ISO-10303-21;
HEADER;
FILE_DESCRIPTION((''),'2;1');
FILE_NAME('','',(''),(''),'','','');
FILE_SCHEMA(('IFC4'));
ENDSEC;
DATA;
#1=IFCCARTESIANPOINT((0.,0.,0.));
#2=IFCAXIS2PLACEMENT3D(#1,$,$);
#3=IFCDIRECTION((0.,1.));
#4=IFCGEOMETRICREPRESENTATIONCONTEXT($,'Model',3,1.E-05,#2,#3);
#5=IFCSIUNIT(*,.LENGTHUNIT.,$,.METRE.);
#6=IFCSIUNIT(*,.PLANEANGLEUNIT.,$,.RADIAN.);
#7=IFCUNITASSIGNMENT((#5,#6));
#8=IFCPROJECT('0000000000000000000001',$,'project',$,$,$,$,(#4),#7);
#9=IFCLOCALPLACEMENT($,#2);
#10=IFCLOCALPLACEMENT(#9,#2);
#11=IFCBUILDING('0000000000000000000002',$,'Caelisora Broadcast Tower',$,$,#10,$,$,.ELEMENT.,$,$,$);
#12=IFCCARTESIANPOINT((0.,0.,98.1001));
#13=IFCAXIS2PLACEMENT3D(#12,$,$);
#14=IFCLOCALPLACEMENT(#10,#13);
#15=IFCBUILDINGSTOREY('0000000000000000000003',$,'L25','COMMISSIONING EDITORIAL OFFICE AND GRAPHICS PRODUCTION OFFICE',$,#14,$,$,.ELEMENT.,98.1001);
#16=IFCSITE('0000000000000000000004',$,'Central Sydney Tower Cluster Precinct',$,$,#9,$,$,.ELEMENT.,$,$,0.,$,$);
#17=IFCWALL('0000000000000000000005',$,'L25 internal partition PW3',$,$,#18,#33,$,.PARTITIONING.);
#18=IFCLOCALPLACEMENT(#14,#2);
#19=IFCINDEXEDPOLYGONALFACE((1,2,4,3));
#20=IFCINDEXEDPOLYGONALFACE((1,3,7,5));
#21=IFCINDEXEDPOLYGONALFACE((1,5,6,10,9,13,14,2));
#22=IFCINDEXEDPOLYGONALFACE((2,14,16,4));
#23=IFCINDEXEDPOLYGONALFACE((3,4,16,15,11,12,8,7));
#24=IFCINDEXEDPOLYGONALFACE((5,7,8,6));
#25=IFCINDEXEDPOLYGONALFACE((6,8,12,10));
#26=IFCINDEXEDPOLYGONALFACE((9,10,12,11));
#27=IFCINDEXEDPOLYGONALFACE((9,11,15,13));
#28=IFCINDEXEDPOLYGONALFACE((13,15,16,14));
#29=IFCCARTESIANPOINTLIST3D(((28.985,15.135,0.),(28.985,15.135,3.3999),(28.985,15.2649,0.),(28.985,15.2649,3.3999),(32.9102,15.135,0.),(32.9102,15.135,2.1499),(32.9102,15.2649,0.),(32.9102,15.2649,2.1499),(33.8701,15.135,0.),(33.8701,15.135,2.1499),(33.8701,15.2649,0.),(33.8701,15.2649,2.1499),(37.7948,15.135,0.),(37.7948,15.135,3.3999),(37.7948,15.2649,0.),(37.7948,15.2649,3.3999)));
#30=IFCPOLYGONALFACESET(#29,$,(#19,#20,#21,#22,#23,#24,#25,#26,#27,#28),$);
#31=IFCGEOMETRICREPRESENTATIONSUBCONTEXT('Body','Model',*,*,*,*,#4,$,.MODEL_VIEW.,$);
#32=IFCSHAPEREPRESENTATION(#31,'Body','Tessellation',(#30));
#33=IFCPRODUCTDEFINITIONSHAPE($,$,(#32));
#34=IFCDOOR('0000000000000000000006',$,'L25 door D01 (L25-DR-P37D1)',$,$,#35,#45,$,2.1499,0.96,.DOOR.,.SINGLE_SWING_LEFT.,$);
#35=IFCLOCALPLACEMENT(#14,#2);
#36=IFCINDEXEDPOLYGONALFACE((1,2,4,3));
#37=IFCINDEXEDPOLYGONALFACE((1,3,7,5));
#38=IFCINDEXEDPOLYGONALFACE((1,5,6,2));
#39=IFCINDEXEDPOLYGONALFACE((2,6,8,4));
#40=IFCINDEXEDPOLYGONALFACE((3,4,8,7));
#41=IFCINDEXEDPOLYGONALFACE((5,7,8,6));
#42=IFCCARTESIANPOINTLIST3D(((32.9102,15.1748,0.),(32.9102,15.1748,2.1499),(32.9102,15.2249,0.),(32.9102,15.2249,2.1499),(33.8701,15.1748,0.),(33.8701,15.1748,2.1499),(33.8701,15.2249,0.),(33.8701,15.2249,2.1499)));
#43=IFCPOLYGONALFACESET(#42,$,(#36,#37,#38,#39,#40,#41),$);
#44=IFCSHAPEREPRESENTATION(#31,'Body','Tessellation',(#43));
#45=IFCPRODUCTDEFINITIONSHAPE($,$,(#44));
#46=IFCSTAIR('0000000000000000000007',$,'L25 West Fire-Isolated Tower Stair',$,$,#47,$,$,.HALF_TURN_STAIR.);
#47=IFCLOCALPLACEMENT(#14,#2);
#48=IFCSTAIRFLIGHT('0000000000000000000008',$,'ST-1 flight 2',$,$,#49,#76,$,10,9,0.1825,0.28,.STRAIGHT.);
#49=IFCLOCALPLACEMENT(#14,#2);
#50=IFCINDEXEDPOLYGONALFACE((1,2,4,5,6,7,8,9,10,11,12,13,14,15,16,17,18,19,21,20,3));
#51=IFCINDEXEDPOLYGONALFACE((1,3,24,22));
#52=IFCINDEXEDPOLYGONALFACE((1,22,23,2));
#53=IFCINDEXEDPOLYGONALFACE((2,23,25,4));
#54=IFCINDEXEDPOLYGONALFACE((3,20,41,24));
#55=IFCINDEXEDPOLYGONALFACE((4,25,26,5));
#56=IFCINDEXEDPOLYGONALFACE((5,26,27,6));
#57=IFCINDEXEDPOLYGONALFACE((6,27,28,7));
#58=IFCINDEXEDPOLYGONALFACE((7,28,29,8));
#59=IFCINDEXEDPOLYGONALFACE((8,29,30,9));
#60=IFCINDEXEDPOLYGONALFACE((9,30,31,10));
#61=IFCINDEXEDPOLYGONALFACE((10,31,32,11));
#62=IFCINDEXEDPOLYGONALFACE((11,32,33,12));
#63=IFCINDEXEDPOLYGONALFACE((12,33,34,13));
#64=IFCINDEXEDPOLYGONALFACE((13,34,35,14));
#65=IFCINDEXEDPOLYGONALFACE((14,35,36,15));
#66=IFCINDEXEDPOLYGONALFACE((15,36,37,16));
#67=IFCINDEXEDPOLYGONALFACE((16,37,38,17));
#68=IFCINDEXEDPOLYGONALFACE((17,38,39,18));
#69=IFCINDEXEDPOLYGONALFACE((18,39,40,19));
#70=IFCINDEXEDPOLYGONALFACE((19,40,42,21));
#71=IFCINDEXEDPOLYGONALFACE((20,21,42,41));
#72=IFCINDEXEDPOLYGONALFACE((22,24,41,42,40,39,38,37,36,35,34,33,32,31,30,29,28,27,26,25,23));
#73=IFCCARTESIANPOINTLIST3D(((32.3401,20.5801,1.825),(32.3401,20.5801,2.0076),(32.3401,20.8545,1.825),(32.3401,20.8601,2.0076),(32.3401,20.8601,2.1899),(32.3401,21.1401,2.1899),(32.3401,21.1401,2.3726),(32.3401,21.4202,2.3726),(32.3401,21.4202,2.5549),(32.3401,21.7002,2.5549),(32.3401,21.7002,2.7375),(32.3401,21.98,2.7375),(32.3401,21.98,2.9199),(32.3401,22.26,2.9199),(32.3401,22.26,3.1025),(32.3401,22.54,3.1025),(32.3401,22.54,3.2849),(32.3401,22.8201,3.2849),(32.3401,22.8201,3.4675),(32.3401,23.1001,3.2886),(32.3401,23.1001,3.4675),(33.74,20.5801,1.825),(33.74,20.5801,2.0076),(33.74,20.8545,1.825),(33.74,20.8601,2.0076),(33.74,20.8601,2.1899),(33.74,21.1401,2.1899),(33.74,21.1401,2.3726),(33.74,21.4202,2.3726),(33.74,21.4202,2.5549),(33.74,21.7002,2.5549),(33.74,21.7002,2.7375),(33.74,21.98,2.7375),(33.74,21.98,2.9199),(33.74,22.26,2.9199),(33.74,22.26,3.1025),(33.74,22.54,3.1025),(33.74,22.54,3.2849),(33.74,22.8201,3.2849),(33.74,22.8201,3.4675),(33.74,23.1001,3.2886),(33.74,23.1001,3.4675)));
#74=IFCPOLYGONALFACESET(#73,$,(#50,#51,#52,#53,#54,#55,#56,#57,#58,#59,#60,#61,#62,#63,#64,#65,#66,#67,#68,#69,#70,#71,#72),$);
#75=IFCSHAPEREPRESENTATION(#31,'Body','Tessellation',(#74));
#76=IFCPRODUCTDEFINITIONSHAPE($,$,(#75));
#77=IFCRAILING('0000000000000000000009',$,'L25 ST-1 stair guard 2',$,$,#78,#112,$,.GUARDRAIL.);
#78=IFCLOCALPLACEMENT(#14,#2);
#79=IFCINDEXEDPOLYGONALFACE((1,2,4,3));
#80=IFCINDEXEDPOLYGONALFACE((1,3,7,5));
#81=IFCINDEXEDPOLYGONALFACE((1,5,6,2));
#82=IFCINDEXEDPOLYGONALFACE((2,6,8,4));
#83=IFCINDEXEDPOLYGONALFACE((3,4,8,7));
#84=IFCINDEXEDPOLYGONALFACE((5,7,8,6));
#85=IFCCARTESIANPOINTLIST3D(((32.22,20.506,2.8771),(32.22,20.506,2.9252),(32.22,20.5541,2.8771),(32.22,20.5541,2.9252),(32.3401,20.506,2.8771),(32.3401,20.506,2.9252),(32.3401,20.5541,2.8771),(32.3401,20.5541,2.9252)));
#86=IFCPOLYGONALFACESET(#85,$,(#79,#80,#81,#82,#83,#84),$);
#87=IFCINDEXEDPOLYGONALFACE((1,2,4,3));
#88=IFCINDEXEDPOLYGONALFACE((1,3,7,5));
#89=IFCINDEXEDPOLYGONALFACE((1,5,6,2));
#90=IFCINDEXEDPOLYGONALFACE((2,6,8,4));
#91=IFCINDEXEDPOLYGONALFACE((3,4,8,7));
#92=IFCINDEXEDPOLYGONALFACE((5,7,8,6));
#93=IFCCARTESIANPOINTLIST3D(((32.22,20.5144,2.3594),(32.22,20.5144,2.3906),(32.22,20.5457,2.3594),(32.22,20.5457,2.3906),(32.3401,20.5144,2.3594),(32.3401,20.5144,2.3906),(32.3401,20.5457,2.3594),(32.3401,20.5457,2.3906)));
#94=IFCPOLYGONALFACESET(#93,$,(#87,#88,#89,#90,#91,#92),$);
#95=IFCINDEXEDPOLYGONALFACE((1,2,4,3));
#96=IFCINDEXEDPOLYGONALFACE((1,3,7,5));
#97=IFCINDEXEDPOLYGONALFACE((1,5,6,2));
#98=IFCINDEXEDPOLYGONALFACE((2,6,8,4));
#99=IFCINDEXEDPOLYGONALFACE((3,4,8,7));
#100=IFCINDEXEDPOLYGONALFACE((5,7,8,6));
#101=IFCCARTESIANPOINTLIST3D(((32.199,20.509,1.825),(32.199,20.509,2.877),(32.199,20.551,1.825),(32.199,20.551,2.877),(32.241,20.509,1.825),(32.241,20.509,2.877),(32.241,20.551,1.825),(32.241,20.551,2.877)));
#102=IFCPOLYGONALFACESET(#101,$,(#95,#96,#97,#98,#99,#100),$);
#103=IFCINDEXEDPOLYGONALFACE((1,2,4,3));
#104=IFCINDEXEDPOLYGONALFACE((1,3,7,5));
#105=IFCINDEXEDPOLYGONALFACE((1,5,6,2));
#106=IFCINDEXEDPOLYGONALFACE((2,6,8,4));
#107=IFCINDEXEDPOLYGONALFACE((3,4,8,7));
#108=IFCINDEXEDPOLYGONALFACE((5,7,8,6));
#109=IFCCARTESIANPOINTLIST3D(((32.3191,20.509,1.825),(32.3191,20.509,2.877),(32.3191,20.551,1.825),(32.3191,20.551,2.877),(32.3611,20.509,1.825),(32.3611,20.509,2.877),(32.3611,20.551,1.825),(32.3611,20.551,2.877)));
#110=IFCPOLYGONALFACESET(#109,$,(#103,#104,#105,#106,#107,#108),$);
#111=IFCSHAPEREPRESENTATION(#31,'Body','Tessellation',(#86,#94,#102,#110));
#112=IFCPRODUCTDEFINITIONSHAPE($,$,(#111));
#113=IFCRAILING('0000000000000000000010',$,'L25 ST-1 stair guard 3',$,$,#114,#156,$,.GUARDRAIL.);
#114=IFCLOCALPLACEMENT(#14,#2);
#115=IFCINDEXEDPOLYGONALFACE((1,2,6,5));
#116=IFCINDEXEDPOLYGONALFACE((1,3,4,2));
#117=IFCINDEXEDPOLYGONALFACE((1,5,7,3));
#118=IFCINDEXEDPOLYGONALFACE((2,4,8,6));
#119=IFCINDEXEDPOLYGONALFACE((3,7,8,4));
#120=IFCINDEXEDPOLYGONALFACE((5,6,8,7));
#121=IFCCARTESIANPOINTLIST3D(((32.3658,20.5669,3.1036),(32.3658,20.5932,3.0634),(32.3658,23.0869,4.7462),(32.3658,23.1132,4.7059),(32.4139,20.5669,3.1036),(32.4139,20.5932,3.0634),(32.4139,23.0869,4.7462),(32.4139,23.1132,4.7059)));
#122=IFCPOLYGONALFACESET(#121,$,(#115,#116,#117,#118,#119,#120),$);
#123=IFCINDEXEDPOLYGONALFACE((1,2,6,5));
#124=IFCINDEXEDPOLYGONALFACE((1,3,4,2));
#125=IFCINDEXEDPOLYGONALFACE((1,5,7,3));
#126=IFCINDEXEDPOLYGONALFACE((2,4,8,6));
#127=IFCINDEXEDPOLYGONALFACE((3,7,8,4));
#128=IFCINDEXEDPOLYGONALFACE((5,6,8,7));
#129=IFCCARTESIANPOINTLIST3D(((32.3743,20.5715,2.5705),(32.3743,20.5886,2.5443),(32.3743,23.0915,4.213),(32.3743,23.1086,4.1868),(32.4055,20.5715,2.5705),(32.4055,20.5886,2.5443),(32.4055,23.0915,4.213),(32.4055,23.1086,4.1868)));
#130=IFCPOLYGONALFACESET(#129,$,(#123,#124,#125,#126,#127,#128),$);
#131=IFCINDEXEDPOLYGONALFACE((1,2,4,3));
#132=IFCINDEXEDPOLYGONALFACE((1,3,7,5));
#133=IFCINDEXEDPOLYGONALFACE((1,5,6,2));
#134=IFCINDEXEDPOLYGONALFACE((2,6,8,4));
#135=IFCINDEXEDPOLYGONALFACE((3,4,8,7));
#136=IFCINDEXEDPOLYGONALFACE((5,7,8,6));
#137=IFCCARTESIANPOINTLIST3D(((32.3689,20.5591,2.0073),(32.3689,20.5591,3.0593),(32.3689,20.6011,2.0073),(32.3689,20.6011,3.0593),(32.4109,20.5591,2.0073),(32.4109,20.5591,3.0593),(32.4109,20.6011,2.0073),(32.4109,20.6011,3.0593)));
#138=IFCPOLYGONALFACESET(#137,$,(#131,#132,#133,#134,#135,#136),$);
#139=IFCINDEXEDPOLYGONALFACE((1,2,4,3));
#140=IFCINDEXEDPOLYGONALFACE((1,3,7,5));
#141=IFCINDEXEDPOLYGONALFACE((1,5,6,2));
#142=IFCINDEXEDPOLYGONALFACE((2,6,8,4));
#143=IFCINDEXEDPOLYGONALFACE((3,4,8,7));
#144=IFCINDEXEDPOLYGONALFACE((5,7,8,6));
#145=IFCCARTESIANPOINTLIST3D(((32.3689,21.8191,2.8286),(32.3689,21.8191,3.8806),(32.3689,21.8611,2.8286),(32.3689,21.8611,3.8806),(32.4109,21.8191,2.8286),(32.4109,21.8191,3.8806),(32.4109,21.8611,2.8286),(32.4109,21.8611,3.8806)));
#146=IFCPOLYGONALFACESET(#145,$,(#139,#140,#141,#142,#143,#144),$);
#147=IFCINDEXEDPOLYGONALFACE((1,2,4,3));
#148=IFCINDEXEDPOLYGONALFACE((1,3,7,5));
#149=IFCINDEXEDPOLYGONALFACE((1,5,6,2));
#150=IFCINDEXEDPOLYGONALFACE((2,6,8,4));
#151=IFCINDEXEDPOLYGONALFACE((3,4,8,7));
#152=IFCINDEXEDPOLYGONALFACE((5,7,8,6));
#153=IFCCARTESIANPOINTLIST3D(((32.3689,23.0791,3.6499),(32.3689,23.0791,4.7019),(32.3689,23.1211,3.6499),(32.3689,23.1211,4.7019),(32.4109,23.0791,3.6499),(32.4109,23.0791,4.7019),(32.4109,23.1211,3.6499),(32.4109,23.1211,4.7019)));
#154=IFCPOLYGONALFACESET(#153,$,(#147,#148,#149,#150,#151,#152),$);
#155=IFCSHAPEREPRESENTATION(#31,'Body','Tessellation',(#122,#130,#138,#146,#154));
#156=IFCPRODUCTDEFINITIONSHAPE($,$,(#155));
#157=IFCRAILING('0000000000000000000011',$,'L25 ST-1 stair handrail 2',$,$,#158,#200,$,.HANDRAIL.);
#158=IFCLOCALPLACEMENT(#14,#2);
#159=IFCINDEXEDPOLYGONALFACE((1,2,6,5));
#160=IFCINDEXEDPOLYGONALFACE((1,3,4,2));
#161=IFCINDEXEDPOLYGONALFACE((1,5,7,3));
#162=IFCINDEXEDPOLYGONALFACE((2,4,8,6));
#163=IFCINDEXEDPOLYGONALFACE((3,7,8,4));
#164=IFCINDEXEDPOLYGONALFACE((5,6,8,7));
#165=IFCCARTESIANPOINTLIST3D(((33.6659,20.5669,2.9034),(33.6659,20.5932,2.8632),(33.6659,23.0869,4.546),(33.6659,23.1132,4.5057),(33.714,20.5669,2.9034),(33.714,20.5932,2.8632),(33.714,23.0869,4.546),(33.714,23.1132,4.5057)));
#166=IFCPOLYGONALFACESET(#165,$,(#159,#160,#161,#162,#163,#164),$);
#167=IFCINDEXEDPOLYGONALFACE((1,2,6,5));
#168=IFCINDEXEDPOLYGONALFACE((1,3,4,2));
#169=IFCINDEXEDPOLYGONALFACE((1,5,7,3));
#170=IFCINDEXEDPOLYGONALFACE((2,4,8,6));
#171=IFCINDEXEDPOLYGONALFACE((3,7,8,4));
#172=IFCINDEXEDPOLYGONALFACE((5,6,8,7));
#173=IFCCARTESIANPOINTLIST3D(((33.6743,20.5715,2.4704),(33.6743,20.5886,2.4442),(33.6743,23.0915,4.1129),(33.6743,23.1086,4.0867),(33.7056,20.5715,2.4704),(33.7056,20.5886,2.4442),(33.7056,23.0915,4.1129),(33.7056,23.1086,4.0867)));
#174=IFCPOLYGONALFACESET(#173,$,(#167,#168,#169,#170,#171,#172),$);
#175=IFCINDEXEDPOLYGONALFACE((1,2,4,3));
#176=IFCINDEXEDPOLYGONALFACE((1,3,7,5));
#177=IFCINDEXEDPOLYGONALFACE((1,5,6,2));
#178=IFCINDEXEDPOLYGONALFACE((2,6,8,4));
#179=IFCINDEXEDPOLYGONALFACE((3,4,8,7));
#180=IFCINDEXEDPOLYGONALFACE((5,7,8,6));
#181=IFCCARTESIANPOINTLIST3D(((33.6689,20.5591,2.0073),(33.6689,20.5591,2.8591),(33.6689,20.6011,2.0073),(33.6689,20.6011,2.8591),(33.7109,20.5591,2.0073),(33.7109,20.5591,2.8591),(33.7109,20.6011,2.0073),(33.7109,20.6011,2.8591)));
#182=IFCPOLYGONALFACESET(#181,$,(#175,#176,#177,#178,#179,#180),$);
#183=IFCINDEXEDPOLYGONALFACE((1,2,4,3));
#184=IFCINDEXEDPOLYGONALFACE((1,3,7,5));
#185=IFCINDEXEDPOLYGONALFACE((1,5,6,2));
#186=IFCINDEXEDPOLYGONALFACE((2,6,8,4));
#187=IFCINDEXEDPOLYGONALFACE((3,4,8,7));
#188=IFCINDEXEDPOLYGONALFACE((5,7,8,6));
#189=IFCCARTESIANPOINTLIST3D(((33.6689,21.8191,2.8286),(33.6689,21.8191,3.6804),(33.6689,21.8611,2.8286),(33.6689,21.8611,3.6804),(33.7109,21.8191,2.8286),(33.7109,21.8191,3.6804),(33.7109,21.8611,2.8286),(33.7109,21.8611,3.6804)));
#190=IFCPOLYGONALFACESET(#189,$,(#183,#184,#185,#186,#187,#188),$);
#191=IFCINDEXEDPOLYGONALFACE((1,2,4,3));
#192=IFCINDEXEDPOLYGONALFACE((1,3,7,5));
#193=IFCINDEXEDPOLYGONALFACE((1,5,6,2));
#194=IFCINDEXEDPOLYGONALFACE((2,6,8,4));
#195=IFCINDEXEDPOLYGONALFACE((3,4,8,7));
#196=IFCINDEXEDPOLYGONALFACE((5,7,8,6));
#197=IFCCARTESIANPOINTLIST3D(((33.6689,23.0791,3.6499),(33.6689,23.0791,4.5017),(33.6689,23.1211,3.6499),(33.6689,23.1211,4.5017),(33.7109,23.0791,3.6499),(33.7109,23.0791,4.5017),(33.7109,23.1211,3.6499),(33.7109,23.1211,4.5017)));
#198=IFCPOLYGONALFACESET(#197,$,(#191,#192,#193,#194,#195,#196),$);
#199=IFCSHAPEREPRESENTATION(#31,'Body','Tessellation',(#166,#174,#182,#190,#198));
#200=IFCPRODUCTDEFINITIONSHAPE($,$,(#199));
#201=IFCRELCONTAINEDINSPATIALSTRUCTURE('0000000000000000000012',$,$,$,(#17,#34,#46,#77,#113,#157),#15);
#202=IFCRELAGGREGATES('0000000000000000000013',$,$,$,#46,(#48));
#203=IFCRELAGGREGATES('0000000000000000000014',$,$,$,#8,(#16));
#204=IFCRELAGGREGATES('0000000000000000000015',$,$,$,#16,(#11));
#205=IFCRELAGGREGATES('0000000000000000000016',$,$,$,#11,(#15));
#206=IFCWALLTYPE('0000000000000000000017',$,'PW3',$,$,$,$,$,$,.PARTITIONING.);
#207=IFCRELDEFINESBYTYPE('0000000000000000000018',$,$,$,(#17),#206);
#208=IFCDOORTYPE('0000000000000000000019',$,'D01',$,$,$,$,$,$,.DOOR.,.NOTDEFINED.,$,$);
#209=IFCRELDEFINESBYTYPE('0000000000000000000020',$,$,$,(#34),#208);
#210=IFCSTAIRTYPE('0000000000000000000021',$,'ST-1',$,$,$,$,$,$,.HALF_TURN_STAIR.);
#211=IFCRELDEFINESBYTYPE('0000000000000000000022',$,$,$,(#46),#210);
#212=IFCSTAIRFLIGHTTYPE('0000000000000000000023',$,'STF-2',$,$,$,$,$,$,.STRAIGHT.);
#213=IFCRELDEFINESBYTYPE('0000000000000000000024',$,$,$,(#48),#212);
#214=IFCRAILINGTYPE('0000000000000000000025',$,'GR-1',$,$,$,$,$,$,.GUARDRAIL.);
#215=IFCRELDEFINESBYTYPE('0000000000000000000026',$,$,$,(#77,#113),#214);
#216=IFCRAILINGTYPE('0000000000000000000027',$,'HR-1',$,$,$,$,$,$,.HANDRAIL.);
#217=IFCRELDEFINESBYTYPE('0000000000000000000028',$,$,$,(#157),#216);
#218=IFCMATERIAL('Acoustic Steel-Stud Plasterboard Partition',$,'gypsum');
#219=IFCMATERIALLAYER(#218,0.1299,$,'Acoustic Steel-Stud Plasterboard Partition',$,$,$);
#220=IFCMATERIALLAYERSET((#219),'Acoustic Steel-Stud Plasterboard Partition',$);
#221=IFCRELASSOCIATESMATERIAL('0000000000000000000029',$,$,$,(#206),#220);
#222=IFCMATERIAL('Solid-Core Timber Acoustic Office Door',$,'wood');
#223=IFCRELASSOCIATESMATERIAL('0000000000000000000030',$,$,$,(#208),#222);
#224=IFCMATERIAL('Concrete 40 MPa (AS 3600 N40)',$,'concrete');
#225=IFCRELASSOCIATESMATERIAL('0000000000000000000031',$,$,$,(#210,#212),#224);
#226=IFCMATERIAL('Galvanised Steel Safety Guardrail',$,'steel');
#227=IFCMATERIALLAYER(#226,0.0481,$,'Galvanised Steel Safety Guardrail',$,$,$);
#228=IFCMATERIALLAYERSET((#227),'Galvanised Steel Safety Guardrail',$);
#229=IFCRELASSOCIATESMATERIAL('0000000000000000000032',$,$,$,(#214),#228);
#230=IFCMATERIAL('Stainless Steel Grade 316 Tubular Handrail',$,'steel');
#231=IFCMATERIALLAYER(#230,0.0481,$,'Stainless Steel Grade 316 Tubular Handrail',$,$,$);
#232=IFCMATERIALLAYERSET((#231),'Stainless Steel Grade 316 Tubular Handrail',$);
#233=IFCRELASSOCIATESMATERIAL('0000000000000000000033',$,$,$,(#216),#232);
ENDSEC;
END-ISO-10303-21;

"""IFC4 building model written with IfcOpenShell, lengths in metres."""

from ifc_helpers import new_model, si_unit, direction, frame, frame_2d, origin, origin_2d, place, context, subcontext, project, spatial, polyline, rectangle, outline, extrude, material, layer, layer_set, type_object, element, fill, aggregate, save


model = new_model("IFC4")

# Units and contexts
model_context = context("Model", 3, precision=1e-05, world=origin(), true_north=direction((0.0, 1.0)))
body_context = subcontext(model_context, "Body", "Model", "MODEL_VIEW")
ifc_project = project(units=[si_unit("LENGTHUNIT", "METRE"), si_unit("PLANEANGLEUNIT", "RADIAN")], contexts=[model_context])

# Site, building, storey
site_placement = place(None, origin())
site = spatial("IfcSite", under=ifc_project, at=site_placement, Name="Central Sydney Tower Cluster Precinct", CompositionType="ELEMENT", RefElevation=0.0)
building_placement = place(site_placement, origin())
building = spatial("IfcBuilding", under=site, at=building_placement, Name="Caelisora Broadcast Tower", CompositionType="ELEMENT")
storey_placement = place(building_placement, frame((0.0, 0.0, 98.1001)))
storey = spatial("IfcBuildingStorey", under=building, at=storey_placement, Name="L25", Description="COMMISSIONING EDITORIAL OFFICE AND GRAPHICS PRODUCTION OFFICE", CompositionType="ELEMENT", Elevation=98.1001)

# Wall, opening, door
ifc_material_1 = material(Name="Acoustic Steel-Stud Plasterboard Partition", Category="gypsum")
ifc_layer_1 = layer(ifc_material_1, 0.1299, Name="Acoustic Steel-Stud Plasterboard Partition")
ifc_layer_set_1 = layer_set([ifc_layer_1], Name="Acoustic Steel-Stud Plasterboard Partition")
wall_type_1 = type_object("IfcWallType", Name="PW3", PredefinedType="PARTITIONING", material=ifc_layer_set_1)
wall_1_placement = place(storey_placement, frame((28.9851, 15.2, 0.0), z_axis=(0.0, 0.0, 1.0), x_axis=(1.0, 0.0, 0.0)))
wall_1 = element("IfcWall", 1, at=wall_1_placement, inside=storey, type_object=wall_type_1, Name="L25 internal partition PW3", PredefinedType="PARTITIONING", context=body_context, shape_type="SweptSolid", body=[
    extrude(rectangle(XDim=8.8098, YDim=0.1299, at=frame_2d((4.4048, 0.0))), origin(), (0.0, 0.0, 1.0), 3.3999),
])
opening_1_placement = place(wall_1_placement, frame((3.925, 0.0, 0.0)))
opening_1 = element("IfcOpeningElement", 2, at=opening_1_placement, cuts=wall_1, PredefinedType="OPENING", context=body_context, shape_type="SweptSolid", body=[
    extrude(rectangle(XDim=0.96, YDim=2.1499, at=frame_2d((0.48, 1.075))), frame((0.0, 0.0769, 0.0), z_axis=(0.0, -1.0, 0.0), x_axis=(1.0, 0.0, 0.0)), (0.0, 0.0, 1.0), 0.1538),
])
ifc_material_2 = material(Name="Solid-Core Timber Acoustic Office Door", Category="wood")
door_type_1 = type_object("IfcDoorType", Name="D01", OperationType="NOTDEFINED", PredefinedType="DOOR", material=ifc_material_2)
door_1_placement = place(opening_1_placement, origin())
door_1 = element("IfcDoor", 3, at=door_1_placement, inside=storey, type_object=door_type_1, Name="L25 door D01 (L25-DR-P37D1)", OperationType="SINGLE_SWING_LEFT", OverallHeight=2.1499, OverallWidth=0.96, PredefinedType="DOOR", context=body_context, shape_type="SweptSolid", body=[
    extrude(rectangle(XDim=0.96, YDim=2.1499, at=frame_2d((0.48, 1.075))), frame((0.0, 0.0249, 0.0), z_axis=(0.0, -1.0, 0.0), x_axis=(1.0, 0.0, 0.0)), (0.0, 0.0, 1.0), 0.05),
])
fill(opening_1, door_1)

# Stair, stair flight
ifc_material_3 = material(Name="Concrete 40 MPa (AS 3600 N40)", Category="concrete")
stair_type = type_object("IfcStairType", Name="ST-1", PredefinedType="HALF_TURN_STAIR", material=ifc_material_3)
stair_placement = place(storey_placement, origin())
stair = element("IfcStair", 4, at=stair_placement, inside=storey, type_object=stair_type, Name="L25 West Fire-Isolated Tower Stair", PredefinedType="HALF_TURN_STAIR")
stair_flight_type = type_object("IfcStairFlightType", Name="STF-2", PredefinedType="STRAIGHT", material=ifc_material_3)
stair_flight_placement = place(storey_placement, frame((33.04, 20.5801, 1.825), z_axis=(0.0, 0.0, 1.0), x_axis=(0.0, 1.0, 0.0)))
stair_flight = element("IfcStairFlight", 5, at=stair_flight_placement, type_object=stair_flight_type, Name="ST-1 flight 2", NumberOfRisers=10, NumberOfTreads=9, PredefinedType="STRAIGHT", RiserHeight=0.1825, TreadLength=0.28, context=body_context, shape_type="SweptSolid", body=[
    extrude(outline(polyline([(0.0, 0.0), (0.0, 0.1826), (0.28, 0.1826), (0.28, 0.365), (0.5601, 0.365), (0.5601, 0.5476), (0.8401, 0.5476), (0.8401, 0.73), (1.1201, 0.73), (1.1201, 0.9126), (1.3999, 0.9126), (1.3999, 1.095), (1.6799, 1.095), (1.6799, 1.2776), (1.96, 1.2776), (1.96, 1.46), (2.24, 1.46), (2.24, 1.6426), (2.52, 1.6426), (2.52, 1.825), (2.52, 1.4636), (0.2744, 0.0), (0.0, 0.0)])), frame((0.0, 0.7, 0.0), z_axis=(0.0, -1.0, 0.0), x_axis=(1.0, 0.0, 0.0)), (0.0, 0.0, 1.0), 1.3999),
])
aggregate(stair, [stair_flight])

# Railings
ifc_material_4 = material(Name="Galvanised Steel Safety Guardrail", Category="steel")
ifc_layer_2 = layer(ifc_material_4, 0.0481, Name="Galvanised Steel Safety Guardrail")
ifc_layer_set_2 = layer_set([ifc_layer_2], Name="Galvanised Steel Safety Guardrail")
railing_type_1 = type_object("IfcRailingType", Name="GR-1", PredefinedType="GUARDRAIL", material=ifc_layer_set_2)
railing_1_placement = place(storey_placement, frame((32.22, 20.53, 1.825)))
element("IfcRailing", 6, at=railing_1_placement, inside=storey, type_object=railing_type_1, Name="L25 ST-1 stair guard 2", PredefinedType="GUARDRAIL", context=body_context, shape_type="SweptSolid", body=[
    extrude(rectangle(XDim=0.0481, YDim=0.0481, at=origin_2d()), frame((0.0, 0.0, 1.0762), z_axis=(1.0, 0.0, 0.0), x_axis=(0.0, 1.0, 0.0)), (0.0, 0.0, 1.0), 0.1201),
    extrude(rectangle(XDim=0.0312, YDim=0.0312, at=origin_2d()), frame((0.0, 0.0, 0.55), z_axis=(1.0, 0.0, 0.0), x_axis=(0.0, 1.0, 0.0)), (0.0, 0.0, 1.0), 0.1201),
    extrude(rectangle(XDim=0.042, YDim=0.042, at=origin_2d()), origin(), (0.0, 0.0, 1.0), 1.052),
    extrude(rectangle(XDim=0.042, YDim=0.042, at=origin_2d()), frame((0.1201, 0.0, 0.0)), (0.0, 0.0, 1.0), 1.052),
])
railing_2_placement = place(storey_placement, frame((32.3899, 20.5801, 2.0073)))
element("IfcRailing", 7, at=railing_2_placement, inside=storey, type_object=railing_type_1, Name="L25 ST-1 stair guard 3", PredefinedType="GUARDRAIL", context=body_context, shape_type="SweptSolid", body=[
    extrude(rectangle(XDim=0.0481, YDim=0.0481, at=origin_2d()), frame((0.0, 0.0, 1.0762), z_axis=(0.0, 0.837749, 0.546055), x_axis=(-1.0, 0.0, 0.0)), (0.0, 0.0, 1.0), 3.0081),
    extrude(rectangle(XDim=0.0312, YDim=0.0312, at=origin_2d()), frame((0.0, 0.0, 0.55), z_axis=(0.0, 0.837749, 0.546055), x_axis=(-1.0, 0.0, 0.0)), (0.0, 0.0, 1.0), 3.0081),
    extrude(rectangle(XDim=0.042, YDim=0.042, at=origin_2d()), origin(), (0.0, 0.0, 1.0), 1.052),
    extrude(rectangle(XDim=0.042, YDim=0.042, at=origin_2d()), frame((0.0, 1.26, 0.8213)), (0.0, 0.0, 1.0), 1.052),
    extrude(rectangle(XDim=0.042, YDim=0.042, at=origin_2d()), frame((0.0, 2.52, 1.6426)), (0.0, 0.0, 1.0), 1.052),
])
ifc_material_5 = material(Name="Stainless Steel Grade 316 Tubular Handrail", Category="steel")
ifc_layer_3 = layer(ifc_material_5, 0.0481, Name="Stainless Steel Grade 316 Tubular Handrail")
ifc_layer_set_3 = layer_set([ifc_layer_3], Name="Stainless Steel Grade 316 Tubular Handrail")
railing_type_2 = type_object("IfcRailingType", Name="HR-1", PredefinedType="HANDRAIL", material=ifc_layer_set_3)
railing_3_placement = place(storey_placement, frame((33.6899, 20.5801, 2.0073)))
element("IfcRailing", 8, at=railing_3_placement, inside=storey, type_object=railing_type_2, Name="L25 ST-1 stair handrail 2", PredefinedType="HANDRAIL", context=body_context, shape_type="SweptSolid", body=[
    extrude(rectangle(XDim=0.0481, YDim=0.0481, at=origin_2d()), frame((0.0, 0.0, 0.876), z_axis=(0.0, 0.837749, 0.546055), x_axis=(-1.0, 0.0, 0.0)), (0.0, 0.0, 1.0), 3.0081),
    extrude(rectangle(XDim=0.0312, YDim=0.0312, at=origin_2d()), frame((0.0, 0.0, 0.45), z_axis=(0.0, 0.837749, 0.546055), x_axis=(-1.0, 0.0, 0.0)), (0.0, 0.0, 1.0), 3.0081),
    extrude(rectangle(XDim=0.042, YDim=0.042, at=origin_2d()), origin(), (0.0, 0.0, 1.0), 0.8518),
    extrude(rectangle(XDim=0.042, YDim=0.042, at=origin_2d()), frame((0.0, 1.26, 0.8213)), (0.0, 0.0, 1.0), 0.8518),
    extrude(rectangle(XDim=0.042, YDim=0.042, at=origin_2d()), frame((0.0, 2.52, 1.6426)), (0.0, 0.0, 1.0), 0.8518),
])

save(model, "model.ifc")
